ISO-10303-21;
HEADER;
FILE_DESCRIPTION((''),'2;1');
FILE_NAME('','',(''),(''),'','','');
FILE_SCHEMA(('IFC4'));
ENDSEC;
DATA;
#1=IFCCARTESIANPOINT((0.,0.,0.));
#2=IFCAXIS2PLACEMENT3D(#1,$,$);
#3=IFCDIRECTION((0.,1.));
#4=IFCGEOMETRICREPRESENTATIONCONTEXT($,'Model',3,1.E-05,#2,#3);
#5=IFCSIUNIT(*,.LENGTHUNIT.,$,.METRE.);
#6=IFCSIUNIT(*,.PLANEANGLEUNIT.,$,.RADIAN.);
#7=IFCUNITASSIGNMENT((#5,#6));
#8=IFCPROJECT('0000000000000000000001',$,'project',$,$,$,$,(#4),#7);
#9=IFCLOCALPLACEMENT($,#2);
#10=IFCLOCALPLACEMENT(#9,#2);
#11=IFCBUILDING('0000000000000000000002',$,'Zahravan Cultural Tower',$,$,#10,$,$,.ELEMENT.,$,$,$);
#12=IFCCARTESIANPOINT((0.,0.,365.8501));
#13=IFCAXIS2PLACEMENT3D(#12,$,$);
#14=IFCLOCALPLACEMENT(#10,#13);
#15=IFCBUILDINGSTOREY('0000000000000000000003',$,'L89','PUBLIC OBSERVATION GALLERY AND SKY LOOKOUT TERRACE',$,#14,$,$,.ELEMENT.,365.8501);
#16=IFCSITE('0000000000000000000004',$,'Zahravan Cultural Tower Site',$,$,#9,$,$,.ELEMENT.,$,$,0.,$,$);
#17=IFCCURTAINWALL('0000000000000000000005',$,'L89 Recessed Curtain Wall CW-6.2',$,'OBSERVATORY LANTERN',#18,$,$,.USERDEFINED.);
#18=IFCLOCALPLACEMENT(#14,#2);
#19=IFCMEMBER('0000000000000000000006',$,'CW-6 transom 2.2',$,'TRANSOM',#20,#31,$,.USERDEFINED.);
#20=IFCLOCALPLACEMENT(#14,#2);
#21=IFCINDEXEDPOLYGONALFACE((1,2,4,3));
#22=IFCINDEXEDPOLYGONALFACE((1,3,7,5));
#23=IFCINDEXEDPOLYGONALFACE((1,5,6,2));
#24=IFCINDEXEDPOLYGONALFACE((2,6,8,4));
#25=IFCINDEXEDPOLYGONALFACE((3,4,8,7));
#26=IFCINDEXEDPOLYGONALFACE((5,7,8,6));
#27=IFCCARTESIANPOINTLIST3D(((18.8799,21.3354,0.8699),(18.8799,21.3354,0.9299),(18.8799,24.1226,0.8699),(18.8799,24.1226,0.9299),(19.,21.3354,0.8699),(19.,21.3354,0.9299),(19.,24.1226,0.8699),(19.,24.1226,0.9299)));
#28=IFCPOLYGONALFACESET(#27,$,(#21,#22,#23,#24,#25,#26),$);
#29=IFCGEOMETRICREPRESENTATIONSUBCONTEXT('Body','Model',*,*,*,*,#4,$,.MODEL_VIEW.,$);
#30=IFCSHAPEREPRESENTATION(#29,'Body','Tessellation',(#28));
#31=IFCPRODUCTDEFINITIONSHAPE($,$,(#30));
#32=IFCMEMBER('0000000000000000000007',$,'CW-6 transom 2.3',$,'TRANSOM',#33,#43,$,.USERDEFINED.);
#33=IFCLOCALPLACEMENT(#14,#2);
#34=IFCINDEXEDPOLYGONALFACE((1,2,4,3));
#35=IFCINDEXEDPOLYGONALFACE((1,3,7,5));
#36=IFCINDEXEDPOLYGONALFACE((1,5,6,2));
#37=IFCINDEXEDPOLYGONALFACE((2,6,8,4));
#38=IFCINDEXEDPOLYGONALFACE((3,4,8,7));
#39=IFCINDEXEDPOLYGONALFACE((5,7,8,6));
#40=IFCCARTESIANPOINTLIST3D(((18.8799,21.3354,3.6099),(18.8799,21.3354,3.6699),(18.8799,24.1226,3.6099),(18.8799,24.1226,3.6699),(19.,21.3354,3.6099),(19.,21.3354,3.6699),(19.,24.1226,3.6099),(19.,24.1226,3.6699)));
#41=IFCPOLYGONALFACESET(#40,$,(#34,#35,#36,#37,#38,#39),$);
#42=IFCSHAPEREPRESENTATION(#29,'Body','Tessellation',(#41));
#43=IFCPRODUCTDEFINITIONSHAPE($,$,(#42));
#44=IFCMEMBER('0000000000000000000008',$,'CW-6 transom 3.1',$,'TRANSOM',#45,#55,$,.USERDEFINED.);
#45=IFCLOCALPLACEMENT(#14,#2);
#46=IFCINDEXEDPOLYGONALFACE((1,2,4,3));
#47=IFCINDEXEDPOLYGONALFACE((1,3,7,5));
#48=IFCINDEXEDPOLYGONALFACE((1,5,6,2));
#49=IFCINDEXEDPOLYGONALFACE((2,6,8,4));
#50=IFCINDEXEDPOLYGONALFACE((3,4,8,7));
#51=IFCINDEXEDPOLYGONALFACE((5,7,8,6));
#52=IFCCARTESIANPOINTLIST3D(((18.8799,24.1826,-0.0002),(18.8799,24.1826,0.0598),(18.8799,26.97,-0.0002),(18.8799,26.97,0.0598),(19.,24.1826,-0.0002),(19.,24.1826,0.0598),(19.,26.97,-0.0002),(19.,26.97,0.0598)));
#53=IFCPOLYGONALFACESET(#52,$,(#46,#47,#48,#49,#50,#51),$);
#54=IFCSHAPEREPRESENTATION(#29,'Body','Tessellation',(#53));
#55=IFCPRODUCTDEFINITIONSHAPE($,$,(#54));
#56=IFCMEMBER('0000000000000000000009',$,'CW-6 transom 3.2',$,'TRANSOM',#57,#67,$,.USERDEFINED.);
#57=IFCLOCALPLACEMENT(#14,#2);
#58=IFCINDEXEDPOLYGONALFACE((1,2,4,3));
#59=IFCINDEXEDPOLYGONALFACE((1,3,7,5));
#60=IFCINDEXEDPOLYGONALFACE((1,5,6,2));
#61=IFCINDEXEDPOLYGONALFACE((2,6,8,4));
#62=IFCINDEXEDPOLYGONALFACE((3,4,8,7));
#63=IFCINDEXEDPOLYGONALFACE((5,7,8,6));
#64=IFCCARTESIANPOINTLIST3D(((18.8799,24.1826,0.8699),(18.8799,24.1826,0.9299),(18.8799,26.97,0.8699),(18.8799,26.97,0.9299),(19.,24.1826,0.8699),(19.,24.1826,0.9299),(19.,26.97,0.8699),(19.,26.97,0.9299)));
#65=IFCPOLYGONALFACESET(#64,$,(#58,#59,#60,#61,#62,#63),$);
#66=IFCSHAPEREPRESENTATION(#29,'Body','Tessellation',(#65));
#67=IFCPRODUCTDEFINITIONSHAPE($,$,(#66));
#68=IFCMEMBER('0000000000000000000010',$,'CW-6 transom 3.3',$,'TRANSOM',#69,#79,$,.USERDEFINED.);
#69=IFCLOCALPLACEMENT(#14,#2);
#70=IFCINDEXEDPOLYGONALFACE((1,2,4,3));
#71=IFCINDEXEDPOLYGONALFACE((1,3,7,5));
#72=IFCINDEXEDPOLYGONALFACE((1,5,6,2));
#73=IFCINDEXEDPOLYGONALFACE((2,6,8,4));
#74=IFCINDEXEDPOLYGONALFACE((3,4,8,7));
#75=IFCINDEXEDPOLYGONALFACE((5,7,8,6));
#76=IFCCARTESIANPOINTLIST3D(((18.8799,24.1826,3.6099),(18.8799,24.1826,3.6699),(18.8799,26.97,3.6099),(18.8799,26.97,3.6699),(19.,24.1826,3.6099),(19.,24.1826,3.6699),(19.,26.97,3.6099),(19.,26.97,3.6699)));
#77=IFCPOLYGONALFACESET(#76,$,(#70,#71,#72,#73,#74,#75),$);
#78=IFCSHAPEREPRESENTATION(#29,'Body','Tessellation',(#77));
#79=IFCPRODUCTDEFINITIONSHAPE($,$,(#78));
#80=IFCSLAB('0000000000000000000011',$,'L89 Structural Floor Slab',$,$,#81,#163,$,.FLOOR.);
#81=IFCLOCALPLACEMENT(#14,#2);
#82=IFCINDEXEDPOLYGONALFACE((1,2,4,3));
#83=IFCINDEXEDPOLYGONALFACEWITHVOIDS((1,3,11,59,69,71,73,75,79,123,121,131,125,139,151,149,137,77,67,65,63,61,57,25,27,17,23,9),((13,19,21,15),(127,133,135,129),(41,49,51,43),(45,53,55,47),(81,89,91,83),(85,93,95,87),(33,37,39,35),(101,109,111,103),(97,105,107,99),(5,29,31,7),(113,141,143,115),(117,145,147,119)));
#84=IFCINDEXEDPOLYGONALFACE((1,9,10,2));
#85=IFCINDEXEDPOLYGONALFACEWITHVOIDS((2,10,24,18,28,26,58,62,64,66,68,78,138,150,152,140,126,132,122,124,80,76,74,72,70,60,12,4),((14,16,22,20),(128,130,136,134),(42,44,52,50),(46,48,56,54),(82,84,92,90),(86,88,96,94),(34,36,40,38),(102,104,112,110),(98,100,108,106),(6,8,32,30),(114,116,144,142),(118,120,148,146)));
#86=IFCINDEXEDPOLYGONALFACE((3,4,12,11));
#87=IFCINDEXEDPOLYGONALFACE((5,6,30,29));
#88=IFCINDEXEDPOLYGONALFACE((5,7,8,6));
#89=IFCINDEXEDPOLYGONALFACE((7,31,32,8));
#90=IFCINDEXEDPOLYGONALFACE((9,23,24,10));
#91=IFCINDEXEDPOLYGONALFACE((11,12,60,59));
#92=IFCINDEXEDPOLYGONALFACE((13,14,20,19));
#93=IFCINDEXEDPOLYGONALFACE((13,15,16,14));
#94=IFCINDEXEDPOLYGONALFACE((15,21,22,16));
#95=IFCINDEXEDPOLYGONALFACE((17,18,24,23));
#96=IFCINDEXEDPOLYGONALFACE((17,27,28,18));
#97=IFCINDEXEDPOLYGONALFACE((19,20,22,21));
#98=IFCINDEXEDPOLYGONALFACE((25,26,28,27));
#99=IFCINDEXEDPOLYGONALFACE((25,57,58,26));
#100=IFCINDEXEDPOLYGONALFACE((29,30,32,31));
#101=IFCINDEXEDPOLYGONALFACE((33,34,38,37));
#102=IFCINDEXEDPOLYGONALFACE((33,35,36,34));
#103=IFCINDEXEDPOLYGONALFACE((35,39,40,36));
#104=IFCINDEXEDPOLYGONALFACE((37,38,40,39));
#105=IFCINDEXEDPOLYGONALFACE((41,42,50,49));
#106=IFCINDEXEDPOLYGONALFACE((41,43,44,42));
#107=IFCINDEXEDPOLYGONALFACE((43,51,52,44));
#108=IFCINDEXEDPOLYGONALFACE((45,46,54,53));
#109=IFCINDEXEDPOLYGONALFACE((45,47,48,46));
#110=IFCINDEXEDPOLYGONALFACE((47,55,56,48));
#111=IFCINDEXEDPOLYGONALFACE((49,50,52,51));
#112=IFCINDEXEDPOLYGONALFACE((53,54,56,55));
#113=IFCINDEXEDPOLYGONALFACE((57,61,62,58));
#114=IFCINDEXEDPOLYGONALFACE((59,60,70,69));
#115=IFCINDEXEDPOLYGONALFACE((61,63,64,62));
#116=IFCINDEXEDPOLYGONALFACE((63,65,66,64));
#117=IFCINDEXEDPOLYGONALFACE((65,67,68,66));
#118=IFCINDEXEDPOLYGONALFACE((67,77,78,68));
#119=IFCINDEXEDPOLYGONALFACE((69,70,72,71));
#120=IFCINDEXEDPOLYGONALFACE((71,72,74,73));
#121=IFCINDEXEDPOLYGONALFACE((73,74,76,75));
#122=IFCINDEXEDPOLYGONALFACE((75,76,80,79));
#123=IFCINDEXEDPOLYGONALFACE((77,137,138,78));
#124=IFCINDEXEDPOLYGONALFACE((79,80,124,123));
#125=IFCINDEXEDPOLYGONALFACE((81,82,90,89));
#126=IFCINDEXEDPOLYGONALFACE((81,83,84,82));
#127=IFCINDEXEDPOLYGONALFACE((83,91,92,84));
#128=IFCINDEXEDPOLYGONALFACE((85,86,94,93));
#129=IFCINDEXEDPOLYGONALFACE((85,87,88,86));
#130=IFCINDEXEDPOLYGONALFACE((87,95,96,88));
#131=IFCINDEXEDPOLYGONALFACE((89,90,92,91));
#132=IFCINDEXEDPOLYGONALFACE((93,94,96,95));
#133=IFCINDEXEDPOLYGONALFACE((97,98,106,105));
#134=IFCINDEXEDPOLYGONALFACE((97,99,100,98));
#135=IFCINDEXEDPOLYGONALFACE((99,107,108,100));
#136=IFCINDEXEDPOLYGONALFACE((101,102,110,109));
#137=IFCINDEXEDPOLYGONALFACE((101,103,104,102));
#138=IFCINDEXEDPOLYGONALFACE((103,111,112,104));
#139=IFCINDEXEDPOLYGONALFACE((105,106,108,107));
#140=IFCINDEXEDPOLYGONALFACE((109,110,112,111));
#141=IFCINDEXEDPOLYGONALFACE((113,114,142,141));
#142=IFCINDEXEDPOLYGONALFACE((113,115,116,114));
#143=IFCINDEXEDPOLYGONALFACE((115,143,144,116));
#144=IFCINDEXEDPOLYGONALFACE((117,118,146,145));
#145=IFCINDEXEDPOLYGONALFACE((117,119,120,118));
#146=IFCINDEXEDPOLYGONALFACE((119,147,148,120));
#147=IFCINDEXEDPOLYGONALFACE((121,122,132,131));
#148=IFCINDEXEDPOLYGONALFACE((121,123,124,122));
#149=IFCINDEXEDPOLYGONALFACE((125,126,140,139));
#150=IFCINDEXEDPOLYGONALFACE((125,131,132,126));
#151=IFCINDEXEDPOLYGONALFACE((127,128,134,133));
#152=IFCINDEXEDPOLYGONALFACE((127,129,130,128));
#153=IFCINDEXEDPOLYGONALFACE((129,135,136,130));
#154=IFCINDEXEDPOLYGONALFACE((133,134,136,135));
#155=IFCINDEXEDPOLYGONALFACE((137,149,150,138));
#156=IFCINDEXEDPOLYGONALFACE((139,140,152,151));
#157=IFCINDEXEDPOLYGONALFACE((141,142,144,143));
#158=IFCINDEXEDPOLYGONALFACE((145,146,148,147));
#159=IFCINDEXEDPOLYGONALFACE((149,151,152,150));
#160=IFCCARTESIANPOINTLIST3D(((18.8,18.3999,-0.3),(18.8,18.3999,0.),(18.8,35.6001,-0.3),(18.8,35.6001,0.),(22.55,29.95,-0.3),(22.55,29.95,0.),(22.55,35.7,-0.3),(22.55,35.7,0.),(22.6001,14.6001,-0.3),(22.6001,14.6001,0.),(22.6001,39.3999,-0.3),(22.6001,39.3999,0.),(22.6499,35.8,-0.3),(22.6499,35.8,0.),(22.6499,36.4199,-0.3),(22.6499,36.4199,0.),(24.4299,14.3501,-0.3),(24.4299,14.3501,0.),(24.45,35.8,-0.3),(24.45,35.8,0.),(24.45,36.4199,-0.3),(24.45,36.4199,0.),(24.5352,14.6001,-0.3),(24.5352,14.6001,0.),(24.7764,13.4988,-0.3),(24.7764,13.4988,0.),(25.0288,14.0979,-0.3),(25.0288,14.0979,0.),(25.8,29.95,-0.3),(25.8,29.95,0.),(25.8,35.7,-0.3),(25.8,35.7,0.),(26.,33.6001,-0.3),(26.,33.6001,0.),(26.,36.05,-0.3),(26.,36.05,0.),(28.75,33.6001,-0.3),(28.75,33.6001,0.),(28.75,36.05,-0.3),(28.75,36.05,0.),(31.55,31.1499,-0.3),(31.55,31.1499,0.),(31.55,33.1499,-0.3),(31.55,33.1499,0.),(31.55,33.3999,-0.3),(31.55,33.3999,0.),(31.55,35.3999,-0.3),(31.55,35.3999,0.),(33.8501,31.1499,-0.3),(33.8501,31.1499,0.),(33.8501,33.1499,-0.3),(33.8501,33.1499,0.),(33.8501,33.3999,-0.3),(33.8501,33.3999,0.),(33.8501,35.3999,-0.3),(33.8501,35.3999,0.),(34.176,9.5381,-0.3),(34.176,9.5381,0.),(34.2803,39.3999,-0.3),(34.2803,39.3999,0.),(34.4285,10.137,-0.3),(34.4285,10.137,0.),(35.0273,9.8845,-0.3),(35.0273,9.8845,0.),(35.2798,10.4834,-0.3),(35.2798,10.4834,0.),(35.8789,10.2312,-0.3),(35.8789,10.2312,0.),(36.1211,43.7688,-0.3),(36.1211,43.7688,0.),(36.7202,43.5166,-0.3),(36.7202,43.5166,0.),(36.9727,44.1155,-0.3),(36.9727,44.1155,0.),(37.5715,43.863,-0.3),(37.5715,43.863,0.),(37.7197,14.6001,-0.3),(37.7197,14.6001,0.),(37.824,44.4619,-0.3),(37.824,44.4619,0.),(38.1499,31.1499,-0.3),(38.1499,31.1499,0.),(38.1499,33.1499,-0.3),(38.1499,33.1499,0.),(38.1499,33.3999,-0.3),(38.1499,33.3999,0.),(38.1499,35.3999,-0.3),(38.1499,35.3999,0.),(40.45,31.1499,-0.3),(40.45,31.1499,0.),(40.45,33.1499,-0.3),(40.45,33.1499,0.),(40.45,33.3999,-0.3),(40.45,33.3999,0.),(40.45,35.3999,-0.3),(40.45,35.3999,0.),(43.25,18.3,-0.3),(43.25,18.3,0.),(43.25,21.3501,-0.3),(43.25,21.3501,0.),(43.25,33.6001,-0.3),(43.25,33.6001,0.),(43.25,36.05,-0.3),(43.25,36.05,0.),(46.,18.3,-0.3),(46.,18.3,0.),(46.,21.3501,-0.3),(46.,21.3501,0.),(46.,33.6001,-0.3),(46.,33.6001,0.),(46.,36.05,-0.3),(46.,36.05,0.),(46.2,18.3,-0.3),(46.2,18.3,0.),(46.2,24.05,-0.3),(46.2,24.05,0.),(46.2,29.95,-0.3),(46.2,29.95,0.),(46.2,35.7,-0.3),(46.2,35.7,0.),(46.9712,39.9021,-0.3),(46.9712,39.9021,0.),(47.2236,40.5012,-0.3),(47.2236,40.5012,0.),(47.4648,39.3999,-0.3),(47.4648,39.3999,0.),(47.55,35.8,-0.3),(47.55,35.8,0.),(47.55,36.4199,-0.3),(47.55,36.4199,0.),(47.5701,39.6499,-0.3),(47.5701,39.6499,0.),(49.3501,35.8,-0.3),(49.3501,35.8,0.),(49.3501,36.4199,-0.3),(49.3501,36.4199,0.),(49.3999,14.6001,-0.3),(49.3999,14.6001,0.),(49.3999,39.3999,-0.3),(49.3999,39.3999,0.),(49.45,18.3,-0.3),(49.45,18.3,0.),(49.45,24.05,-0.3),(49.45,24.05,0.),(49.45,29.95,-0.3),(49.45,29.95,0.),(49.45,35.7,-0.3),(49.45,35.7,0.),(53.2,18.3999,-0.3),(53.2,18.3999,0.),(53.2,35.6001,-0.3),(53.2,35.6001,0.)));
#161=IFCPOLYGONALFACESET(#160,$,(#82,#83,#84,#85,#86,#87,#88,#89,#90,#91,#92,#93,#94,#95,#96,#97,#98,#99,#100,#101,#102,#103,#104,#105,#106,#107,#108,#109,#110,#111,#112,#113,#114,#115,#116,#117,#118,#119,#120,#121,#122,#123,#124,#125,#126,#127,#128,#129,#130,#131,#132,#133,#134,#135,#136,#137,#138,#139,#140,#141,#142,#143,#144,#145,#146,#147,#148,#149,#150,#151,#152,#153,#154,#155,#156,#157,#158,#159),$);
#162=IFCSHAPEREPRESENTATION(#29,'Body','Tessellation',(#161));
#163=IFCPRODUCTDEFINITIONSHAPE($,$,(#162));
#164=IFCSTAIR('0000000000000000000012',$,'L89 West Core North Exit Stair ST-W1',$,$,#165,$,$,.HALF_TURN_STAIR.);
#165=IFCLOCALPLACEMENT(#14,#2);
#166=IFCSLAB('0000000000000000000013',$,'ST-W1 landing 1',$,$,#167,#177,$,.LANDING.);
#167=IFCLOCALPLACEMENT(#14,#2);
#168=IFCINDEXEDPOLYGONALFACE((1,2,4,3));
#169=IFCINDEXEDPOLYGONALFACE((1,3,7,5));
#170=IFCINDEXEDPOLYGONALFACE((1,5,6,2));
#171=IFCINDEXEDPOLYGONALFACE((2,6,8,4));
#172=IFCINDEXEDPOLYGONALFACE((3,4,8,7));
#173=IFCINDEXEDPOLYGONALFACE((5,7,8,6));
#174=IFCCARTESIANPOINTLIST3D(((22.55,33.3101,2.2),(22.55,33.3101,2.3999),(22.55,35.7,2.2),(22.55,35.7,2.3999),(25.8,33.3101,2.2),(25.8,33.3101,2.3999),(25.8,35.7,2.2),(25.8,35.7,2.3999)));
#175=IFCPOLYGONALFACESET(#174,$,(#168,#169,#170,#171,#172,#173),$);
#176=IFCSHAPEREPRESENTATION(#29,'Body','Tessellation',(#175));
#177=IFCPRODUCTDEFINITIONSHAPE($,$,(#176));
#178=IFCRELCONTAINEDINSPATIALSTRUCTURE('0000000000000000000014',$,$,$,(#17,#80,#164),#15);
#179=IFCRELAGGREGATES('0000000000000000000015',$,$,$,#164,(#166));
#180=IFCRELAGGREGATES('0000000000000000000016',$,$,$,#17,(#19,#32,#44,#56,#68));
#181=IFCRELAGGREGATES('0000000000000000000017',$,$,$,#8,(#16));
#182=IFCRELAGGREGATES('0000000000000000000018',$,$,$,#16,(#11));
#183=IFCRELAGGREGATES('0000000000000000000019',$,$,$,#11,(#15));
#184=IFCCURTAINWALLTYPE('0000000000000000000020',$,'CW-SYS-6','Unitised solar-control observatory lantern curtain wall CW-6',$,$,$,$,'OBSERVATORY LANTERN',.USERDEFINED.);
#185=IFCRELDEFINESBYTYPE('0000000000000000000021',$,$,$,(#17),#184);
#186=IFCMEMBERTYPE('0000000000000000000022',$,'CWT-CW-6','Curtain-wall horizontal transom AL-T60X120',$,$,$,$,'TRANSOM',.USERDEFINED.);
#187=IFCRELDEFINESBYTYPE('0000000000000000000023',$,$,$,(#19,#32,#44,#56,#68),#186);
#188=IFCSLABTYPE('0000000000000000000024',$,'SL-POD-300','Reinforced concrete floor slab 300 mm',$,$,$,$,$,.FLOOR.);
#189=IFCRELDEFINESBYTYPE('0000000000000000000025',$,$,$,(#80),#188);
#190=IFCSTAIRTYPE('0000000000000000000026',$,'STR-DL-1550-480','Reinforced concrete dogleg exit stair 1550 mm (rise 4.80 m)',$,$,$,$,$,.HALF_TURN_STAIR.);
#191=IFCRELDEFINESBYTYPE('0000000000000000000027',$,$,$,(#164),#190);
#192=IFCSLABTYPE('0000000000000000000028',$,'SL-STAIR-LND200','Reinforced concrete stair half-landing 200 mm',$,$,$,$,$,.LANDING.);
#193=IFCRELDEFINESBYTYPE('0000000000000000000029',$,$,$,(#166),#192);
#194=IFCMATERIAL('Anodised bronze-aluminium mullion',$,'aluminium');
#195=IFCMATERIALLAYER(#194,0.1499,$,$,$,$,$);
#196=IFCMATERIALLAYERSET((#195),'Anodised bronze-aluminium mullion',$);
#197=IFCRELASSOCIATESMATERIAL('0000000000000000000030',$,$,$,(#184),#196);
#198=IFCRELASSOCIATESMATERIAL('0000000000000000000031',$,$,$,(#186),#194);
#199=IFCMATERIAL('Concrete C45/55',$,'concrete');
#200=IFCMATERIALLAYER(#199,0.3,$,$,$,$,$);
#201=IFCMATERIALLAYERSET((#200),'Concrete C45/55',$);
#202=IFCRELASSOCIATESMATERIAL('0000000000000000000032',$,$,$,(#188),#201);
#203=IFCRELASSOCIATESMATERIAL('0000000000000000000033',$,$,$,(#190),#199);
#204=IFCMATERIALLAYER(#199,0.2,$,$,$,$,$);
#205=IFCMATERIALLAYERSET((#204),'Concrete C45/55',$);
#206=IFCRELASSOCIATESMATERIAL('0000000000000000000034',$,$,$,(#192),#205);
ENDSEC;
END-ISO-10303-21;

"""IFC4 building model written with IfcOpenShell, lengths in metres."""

from ifc_helpers import new_model, si_unit, direction, frame, origin, origin_2d, place, context, subcontext, project, spatial, polyline, rectangle, outline, extrude, source, transform, mapped, material, layer, layer_set, material_profile, profile_set, type_object, element, aggregate, save


model = new_model("IFC4")

# Units and contexts
model_context = context("Model", 3, precision=1e-05, world=origin(), true_north=direction((0.0, 1.0)))
body_context = subcontext(model_context, "Body", "Model", "MODEL_VIEW")
ifc_project = project(units=[si_unit("LENGTHUNIT", "METRE"), si_unit("PLANEANGLEUNIT", "RADIAN")], contexts=[model_context])

# Site, building, storey
site_placement = place(None, origin())
site = spatial("IfcSite", under=ifc_project, at=site_placement, Name="Zahravan Cultural Tower Site", CompositionType="ELEMENT", RefElevation=0.0)
building_placement = place(site_placement, origin())
building = spatial("IfcBuilding", under=site, at=building_placement, Name="Zahravan Cultural Tower", CompositionType="ELEMENT")
storey_placement = place(building_placement, frame((0.0, 0.0, 365.8501)))
storey = spatial("IfcBuildingStorey", under=building, at=storey_placement, Name="L89", Description="PUBLIC OBSERVATION GALLERY AND SKY LOOKOUT TERRACE", CompositionType="ELEMENT", Elevation=365.8501)

# Curtain wall, members
ifc_material_1 = material(Name="Anodised bronze-aluminium mullion", Category="aluminium")
ifc_layer_1 = layer(ifc_material_1, 0.1499)
ifc_layer_set_1 = layer_set([ifc_layer_1], Name="Anodised bronze-aluminium mullion")
curtain_wall_type = type_object("IfcCurtainWallType", Name="CW-SYS-6", Description="Unitised solar-control observatory lantern curtain wall CW-6", ElementType="OBSERVATORY LANTERN", PredefinedType="USERDEFINED", material=ifc_layer_set_1)
curtain_wall_placement = place(storey_placement, origin())
curtain_wall = element("IfcCurtainWall", 1, at=curtain_wall_placement, inside=storey, type_object=curtain_wall_type, Name="L89 Recessed Curtain Wall CW-6.2", ObjectType="OBSERVATORY LANTERN", PredefinedType="USERDEFINED")
ifc_material_profile_1 = material_profile(ifc_material_1, rectangle(XDim=0.1201, YDim=0.0601, at=origin_2d()), Name="AL-T60X120")
ifc_profile_set_1 = profile_set([ifc_material_profile_1], Name="Anodised bronze-aluminium mullion")
member_type_1 = type_object("IfcMemberType", Name="CWT-CW-6", Description="Curtain-wall horizontal transom AL-T60X120", ElementType="TRANSOM", PredefinedType="USERDEFINED", material=ifc_profile_set_1)
shared_shape_1 = source(origin(), body_context, "Body", "SweptSolid", [
    extrude(rectangle(XDim=0.1201, YDim=0.0601, at=origin_2d()), origin(), (0.0, 0.0, 1.0), 2.7871),
])
member_1_placement = place(storey_placement, frame((18.9399, 21.3354, 0.8999), z_axis=(0.0, 1.0, 0.0), x_axis=(-1.0, 0.0, 0.0)))
member_1 = element("IfcMember", 2, at=member_1_placement, type_object=member_type_1, Name="CW-6 transom 2.2", ObjectType="TRANSOM", PredefinedType="USERDEFINED", context=body_context, shape_type="MappedRepresentation", body=[
    mapped(shared_shape_1, transform((0.0, 0.0, 0.0), x_axis=(1.0, 0.0, 0.0), y_axis=(0.0, 1.0, 0.0), z_axis=(0.0, 0.0, 1.0), scale=1.0)),
])
member_2_placement = place(storey_placement, frame((18.9399, 21.3354, 3.6399), z_axis=(0.0, 1.0, 0.0), x_axis=(-1.0, 0.0, 0.0)))
member_2 = element("IfcMember", 3, at=member_2_placement, type_object=member_type_1, Name="CW-6 transom 2.3", ObjectType="TRANSOM", PredefinedType="USERDEFINED", context=body_context, shape_type="MappedRepresentation", body=[
    mapped(shared_shape_1, transform((0.0, 0.0, 0.0), x_axis=(1.0, 0.0, 0.0), y_axis=(0.0, 1.0, 0.0), z_axis=(0.0, 0.0, 1.0), scale=1.0)),
])
shared_shape_2 = source(origin(), body_context, "Body", "SweptSolid", [
    extrude(rectangle(XDim=0.1201, YDim=0.0601, at=origin_2d()), origin(), (0.0, 0.0, 1.0), 2.7874),
])
member_3_placement = place(storey_placement, frame((18.9399, 24.1826, 0.0298), z_axis=(0.0, 1.0, 0.0), x_axis=(-1.0, 0.0, 0.0)))
member_3 = element("IfcMember", 4, at=member_3_placement, type_object=member_type_1, Name="CW-6 transom 3.1", ObjectType="TRANSOM", PredefinedType="USERDEFINED", context=body_context, shape_type="MappedRepresentation", body=[
    mapped(shared_shape_2, transform((0.0, 0.0, 0.0), x_axis=(1.0, 0.0, 0.0), y_axis=(0.0, 1.0, 0.0), z_axis=(0.0, 0.0, 1.0), scale=1.0)),
])
member_4_placement = place(storey_placement, frame((18.9399, 24.1826, 0.8999), z_axis=(0.0, 1.0, 0.0), x_axis=(-1.0, 0.0, 0.0)))
member_4 = element("IfcMember", 5, at=member_4_placement, type_object=member_type_1, Name="CW-6 transom 3.2", ObjectType="TRANSOM", PredefinedType="USERDEFINED", context=body_context, shape_type="MappedRepresentation", body=[
    mapped(shared_shape_2, transform((0.0, 0.0, 0.0), x_axis=(1.0, 0.0, 0.0), y_axis=(0.0, 1.0, 0.0), z_axis=(0.0, 0.0, 1.0), scale=1.0)),
])
member_5_placement = place(storey_placement, frame((18.9399, 24.1826, 3.6399), z_axis=(0.0, 1.0, 0.0), x_axis=(-1.0, 0.0, 0.0)))
member_5 = element("IfcMember", 6, at=member_5_placement, type_object=member_type_1, Name="CW-6 transom 3.3", ObjectType="TRANSOM", PredefinedType="USERDEFINED", context=body_context, shape_type="MappedRepresentation", body=[
    mapped(shared_shape_2, transform((0.0, 0.0, 0.0), x_axis=(1.0, 0.0, 0.0), y_axis=(0.0, 1.0, 0.0), z_axis=(0.0, 0.0, 1.0), scale=1.0)),
])

# Slab
ifc_material_2 = material(Name="Concrete C45/55", Category="concrete")
ifc_layer_2 = layer(ifc_material_2, 0.3)
ifc_layer_set_2 = layer_set([ifc_layer_2], Name="Concrete C45/55")
slab_type_1 = type_object("IfcSlabType", Name="SL-POD-300", Description="Reinforced concrete floor slab 300 mm", PredefinedType="FLOOR", material=ifc_layer_set_2)
slab_1_placement = place(storey_placement, frame((0.0, 0.0, -0.3)))
element("IfcSlab", 7, at=slab_1_placement, inside=storey, type_object=slab_type_1, Name="L89 Structural Floor Slab", PredefinedType="FLOOR", context=body_context, shape_type="SweptSolid", body=[
    extrude(outline(polyline([(34.2803, 39.3999), (22.6001, 39.3999), (18.8, 35.6001), (18.8, 18.3999), (22.6001, 14.6001), (24.5352, 14.6001), (24.4299, 14.3501), (25.0288, 14.0979), (24.7764, 13.4988), (34.176, 9.5381), (34.4285, 10.137), (35.0273, 9.8845), (35.2798, 10.4834), (35.8789, 10.2312), (37.7197, 14.6001), (49.3999, 14.6001), (53.2, 18.3999), (53.2, 35.6001), (49.3999, 39.3999), (47.4648, 39.3999), (47.5701, 39.6499), (46.9712, 39.9021), (47.2236, 40.5012), (37.824, 44.4619), (37.5715, 43.863), (36.9727, 44.1155), (36.7202, 43.5166), (36.1211, 43.7688), (34.2803, 39.3999)]), holes=[polyline([(22.55, 29.95), (22.55, 35.7), (25.8, 35.7), (25.8, 29.95), (22.55, 29.95)]), polyline([(46.2, 29.95), (46.2, 35.7), (49.45, 35.7), (49.45, 29.95), (46.2, 29.95)]), polyline([(46.2, 18.3), (46.2, 24.05), (49.45, 24.05), (49.45, 18.3), (46.2, 18.3)]), polyline([(26.0, 33.6001), (26.0, 36.05), (28.75, 36.05), (28.75, 33.6001), (26.0, 33.6001)]), polyline([(43.25, 33.6001), (43.25, 36.05), (46.0, 36.05), (46.0, 33.6001), (43.25, 33.6001)]), polyline([(43.25, 18.3), (43.25, 21.3501), (46.0, 21.3501), (46.0, 18.3), (43.25, 18.3)]), polyline([(31.55, 33.3999), (31.55, 35.3999), (33.8501, 35.3999), (33.8501, 33.3999), (31.55, 33.3999)]), polyline([(31.55, 31.1499), (31.55, 33.1499), (33.8501, 33.1499), (33.8501, 31.1499), (31.55, 31.1499)]), polyline([(38.1499, 33.3999), (38.1499, 35.3999), (40.45, 35.3999), (40.45, 33.3999), (38.1499, 33.3999)]), polyline([(38.1499, 31.1499), (38.1499, 33.1499), (40.45, 33.1499), (40.45, 31.1499), (38.1499, 31.1499)]), polyline([(22.6499, 35.8), (22.6499, 36.4199), (24.45, 36.4199), (24.45, 35.8), (22.6499, 35.8)]), polyline([(47.55, 35.8), (47.55, 36.4199), (49.3501, 36.4199), (49.3501, 35.8), (47.55, 35.8)])]), origin(), (0.0, 0.0, 1.0), 0.3),
])

# Stair, slab
stair_type = type_object("IfcStairType", Name="STR-DL-1550-480", Description="Reinforced concrete dogleg exit stair 1550 mm (rise 4.80 m)", PredefinedType="HALF_TURN_STAIR", material=ifc_material_2)
stair_1_placement = place(storey_placement, origin())
stair_1 = element("IfcStair", 8, at=stair_1_placement, inside=storey, type_object=stair_type, Name="L89 West Core North Exit Stair ST-W1", PredefinedType="HALF_TURN_STAIR")
ifc_layer_3 = layer(ifc_material_2, 0.2)
ifc_layer_set_3 = layer_set([ifc_layer_3], Name="Concrete C45/55")
slab_type_2 = type_object("IfcSlabType", Name="SL-STAIR-LND200", Description="Reinforced concrete stair half-landing 200 mm", PredefinedType="LANDING", material=ifc_layer_set_3)
slab_2_placement = place(storey_placement, frame((0.0, 0.0, 2.2)))
slab_2 = element("IfcSlab", 9, at=slab_2_placement, type_object=slab_type_2, Name="ST-W1 landing 1", PredefinedType="LANDING", context=body_context, shape_type="SweptSolid", body=[
    extrude(outline(polyline([(25.8, 33.3101), (25.8, 35.7), (22.55, 35.7), (22.55, 33.3101), (25.8, 33.3101)])), origin(), (0.0, 0.0, 1.0), 0.2),
])
aggregate(stair_1, [slab_2])

aggregate(curtain_wall, [member_1, member_2, member_3, member_4, member_5])

save(model, "model.ifc")
